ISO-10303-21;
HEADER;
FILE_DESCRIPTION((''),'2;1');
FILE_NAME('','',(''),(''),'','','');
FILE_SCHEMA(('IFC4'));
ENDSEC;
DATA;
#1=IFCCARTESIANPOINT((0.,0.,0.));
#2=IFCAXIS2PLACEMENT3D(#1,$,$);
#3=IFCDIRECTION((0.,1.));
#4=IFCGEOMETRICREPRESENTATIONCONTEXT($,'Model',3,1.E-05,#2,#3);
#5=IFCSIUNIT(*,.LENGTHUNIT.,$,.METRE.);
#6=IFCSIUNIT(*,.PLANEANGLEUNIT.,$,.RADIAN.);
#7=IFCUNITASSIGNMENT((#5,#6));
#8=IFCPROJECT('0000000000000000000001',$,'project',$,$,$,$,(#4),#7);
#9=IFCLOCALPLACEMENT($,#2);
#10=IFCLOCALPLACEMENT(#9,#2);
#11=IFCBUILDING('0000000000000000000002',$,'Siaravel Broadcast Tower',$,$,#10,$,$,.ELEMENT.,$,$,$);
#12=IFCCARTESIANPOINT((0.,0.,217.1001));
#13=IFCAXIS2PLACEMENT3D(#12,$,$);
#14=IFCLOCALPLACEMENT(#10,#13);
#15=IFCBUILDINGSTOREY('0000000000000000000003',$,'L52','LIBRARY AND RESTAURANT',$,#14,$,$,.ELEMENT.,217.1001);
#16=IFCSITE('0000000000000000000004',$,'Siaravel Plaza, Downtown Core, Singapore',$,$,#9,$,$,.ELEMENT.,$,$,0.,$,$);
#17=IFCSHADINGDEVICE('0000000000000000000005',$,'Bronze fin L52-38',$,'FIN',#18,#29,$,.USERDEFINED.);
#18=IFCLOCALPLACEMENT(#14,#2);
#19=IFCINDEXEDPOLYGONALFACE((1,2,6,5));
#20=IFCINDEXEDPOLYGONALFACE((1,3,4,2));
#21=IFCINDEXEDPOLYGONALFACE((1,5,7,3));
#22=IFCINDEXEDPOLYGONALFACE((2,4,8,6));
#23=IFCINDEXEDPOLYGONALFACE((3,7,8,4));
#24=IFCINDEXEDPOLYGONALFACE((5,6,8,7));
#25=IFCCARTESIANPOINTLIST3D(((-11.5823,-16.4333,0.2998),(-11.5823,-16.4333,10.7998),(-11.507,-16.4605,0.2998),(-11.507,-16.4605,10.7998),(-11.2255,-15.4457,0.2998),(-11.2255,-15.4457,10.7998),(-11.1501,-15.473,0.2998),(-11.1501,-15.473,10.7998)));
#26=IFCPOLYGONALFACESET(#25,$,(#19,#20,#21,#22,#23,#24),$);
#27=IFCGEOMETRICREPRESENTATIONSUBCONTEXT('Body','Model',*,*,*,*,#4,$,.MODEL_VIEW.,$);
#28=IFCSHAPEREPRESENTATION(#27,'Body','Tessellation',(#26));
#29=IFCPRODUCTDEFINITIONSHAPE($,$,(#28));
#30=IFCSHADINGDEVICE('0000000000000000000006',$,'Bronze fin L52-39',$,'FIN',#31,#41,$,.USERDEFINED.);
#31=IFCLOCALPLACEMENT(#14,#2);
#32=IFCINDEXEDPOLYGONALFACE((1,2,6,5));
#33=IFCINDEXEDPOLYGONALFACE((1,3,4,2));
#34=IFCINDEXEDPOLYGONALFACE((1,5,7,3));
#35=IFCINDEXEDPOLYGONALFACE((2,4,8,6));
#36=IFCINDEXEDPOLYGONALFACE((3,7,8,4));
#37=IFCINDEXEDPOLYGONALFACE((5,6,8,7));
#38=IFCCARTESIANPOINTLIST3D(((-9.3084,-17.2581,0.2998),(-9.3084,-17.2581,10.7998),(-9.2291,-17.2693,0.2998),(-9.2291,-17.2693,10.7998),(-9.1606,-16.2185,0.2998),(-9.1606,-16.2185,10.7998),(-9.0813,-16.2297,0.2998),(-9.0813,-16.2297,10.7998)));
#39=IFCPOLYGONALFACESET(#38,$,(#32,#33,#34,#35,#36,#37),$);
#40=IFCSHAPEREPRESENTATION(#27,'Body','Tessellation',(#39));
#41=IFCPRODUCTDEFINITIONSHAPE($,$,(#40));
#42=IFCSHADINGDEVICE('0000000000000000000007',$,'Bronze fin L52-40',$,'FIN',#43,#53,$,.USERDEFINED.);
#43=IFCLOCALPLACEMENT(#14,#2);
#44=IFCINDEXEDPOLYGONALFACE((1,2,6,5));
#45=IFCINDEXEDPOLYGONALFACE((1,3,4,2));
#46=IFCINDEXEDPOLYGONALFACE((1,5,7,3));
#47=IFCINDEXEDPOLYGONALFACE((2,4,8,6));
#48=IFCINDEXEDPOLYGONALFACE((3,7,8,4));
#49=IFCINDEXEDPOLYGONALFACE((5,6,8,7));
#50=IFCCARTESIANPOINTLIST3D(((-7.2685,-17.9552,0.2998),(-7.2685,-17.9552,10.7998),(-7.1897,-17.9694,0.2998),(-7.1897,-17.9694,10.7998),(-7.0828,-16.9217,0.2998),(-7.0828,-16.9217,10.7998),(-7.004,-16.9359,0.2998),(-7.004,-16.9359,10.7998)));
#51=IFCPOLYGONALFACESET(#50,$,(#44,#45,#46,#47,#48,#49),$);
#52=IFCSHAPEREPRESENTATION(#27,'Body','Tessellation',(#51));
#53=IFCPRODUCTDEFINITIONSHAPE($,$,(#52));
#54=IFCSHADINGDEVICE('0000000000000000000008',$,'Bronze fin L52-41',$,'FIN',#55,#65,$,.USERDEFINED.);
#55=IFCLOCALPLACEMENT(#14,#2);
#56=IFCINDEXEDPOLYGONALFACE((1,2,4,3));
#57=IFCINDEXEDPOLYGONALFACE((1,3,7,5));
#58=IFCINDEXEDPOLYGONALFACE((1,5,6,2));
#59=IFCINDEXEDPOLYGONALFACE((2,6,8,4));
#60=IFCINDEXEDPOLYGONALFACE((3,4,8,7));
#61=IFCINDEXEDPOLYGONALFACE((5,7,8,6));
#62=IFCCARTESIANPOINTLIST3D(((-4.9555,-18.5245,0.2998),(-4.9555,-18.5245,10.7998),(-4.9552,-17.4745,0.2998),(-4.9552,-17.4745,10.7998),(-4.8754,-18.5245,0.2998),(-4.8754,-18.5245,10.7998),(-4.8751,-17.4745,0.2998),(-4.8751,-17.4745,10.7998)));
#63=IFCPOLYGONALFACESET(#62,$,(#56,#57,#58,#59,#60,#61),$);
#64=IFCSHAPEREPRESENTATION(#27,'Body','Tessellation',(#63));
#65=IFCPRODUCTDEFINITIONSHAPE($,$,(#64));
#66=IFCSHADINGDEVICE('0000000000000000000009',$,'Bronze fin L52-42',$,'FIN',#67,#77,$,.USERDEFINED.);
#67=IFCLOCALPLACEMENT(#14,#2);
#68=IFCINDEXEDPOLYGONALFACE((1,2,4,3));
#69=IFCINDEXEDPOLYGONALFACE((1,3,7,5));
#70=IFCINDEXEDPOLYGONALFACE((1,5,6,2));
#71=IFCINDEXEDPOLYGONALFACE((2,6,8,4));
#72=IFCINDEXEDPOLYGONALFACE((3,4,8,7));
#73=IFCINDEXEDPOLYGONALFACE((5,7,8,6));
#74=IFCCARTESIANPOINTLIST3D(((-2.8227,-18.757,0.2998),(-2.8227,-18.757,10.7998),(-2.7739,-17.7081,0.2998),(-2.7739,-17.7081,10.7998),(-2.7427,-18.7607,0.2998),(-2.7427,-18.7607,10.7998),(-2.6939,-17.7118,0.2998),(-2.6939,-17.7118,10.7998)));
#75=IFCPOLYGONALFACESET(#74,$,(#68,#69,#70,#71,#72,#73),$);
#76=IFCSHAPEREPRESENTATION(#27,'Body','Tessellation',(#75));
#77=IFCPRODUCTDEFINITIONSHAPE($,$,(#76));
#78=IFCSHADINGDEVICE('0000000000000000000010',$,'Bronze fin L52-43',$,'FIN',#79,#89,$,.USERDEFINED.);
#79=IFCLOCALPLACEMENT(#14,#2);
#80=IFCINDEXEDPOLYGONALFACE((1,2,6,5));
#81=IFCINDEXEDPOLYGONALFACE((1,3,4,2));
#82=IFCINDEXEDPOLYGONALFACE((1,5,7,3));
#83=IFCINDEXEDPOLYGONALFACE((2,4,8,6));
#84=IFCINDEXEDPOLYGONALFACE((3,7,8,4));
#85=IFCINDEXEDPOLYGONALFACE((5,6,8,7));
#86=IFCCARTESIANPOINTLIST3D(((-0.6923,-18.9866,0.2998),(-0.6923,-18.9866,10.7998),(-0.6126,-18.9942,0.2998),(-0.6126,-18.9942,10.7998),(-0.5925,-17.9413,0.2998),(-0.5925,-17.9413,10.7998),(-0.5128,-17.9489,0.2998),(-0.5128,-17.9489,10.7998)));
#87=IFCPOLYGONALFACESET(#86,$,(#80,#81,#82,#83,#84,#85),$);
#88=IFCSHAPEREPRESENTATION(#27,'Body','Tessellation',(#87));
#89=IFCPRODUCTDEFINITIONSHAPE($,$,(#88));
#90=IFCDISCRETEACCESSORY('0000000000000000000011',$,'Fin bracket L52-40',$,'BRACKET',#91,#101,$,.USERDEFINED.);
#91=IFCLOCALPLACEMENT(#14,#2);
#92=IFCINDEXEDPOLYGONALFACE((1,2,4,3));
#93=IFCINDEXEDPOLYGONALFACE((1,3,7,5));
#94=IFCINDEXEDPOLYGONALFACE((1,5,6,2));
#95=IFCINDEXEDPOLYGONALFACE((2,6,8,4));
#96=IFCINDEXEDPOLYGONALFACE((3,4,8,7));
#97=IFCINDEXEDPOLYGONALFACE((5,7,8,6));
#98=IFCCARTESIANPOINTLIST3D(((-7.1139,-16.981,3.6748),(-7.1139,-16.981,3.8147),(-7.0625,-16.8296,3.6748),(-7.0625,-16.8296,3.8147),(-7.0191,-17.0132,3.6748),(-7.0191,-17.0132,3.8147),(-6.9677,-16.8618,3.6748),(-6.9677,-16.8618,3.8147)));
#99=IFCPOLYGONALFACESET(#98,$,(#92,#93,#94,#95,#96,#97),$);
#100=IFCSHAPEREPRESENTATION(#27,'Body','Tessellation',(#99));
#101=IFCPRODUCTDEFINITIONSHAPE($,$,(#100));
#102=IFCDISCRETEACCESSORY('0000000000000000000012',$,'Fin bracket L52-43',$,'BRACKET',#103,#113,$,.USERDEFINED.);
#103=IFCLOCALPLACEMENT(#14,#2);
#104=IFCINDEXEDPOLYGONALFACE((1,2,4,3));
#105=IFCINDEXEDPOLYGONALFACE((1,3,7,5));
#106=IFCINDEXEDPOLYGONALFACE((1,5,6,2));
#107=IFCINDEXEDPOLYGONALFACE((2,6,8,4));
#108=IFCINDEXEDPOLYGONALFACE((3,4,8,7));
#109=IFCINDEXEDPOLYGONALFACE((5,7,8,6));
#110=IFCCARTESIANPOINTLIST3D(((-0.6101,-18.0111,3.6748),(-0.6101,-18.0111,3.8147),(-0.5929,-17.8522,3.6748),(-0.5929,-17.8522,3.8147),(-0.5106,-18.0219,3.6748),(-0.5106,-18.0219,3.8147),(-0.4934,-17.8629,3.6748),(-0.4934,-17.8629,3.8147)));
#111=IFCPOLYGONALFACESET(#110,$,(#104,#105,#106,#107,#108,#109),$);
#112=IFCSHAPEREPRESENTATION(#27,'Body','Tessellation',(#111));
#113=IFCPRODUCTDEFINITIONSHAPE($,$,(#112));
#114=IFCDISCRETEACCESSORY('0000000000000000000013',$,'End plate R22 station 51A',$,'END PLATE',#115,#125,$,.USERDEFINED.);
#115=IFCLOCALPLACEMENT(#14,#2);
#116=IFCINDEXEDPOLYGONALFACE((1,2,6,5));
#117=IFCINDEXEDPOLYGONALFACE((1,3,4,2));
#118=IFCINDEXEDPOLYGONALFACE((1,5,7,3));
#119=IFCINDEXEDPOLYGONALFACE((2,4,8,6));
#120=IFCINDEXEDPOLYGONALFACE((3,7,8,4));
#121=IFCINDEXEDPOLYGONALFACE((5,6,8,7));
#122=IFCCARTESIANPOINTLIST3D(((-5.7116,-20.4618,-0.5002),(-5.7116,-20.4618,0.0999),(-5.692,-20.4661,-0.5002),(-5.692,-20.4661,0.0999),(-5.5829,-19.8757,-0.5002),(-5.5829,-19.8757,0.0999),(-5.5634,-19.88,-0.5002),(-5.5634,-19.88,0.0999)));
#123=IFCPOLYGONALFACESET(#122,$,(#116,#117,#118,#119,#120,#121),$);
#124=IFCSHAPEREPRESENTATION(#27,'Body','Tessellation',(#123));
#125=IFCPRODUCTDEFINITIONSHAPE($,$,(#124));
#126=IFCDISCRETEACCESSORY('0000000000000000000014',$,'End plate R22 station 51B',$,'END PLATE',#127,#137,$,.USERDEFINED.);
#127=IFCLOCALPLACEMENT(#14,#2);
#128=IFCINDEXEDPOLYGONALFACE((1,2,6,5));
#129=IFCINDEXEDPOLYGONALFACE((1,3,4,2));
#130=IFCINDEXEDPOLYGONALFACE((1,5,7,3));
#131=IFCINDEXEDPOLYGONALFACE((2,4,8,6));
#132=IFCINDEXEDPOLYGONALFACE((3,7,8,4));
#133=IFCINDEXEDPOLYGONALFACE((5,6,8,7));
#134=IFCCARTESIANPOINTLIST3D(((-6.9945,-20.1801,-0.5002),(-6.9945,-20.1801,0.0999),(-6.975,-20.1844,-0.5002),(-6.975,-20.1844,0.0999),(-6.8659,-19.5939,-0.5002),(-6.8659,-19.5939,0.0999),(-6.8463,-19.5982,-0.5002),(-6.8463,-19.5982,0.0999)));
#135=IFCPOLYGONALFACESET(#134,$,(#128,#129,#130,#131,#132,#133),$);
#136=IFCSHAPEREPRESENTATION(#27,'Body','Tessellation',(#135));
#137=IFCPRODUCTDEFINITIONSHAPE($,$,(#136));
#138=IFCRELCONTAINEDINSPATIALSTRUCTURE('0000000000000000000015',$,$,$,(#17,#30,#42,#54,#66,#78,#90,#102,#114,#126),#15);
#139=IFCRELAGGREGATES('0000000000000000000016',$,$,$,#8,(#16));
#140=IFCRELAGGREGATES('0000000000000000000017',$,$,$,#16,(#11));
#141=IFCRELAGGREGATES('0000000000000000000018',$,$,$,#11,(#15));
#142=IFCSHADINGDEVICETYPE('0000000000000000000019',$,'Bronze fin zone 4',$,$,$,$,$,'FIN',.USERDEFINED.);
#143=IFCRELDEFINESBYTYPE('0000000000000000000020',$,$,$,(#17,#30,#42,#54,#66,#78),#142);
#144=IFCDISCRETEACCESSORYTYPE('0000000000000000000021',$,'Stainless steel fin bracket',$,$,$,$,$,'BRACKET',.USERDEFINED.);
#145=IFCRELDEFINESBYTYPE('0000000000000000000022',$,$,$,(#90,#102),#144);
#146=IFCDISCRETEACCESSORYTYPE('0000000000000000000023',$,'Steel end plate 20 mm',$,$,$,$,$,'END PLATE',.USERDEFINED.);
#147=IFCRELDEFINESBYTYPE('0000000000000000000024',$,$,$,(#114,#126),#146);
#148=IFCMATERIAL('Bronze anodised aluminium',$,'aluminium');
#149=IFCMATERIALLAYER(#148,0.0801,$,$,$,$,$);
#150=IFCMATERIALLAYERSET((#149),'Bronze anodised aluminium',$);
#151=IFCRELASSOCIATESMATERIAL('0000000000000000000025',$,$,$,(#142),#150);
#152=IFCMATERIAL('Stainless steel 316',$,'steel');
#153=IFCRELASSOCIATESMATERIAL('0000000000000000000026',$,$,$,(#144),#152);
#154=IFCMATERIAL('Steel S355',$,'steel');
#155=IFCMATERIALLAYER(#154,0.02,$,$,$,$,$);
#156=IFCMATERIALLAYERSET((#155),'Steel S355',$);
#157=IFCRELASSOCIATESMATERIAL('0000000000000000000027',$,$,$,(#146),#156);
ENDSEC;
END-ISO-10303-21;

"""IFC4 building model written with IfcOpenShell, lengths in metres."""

from ifc_helpers import new_model, si_unit, direction, frame, origin, origin_2d, place, context, subcontext, project, spatial, rectangle, extrude, material, layer, layer_set, type_object, element, save


model = new_model("IFC4")

# Units and contexts
model_context = context("Model", 3, precision=1e-05, world=origin(), true_north=direction((0.0, 1.0)))
body_context = subcontext(model_context, "Body", "Model", "MODEL_VIEW")
ifc_project = project(units=[si_unit("LENGTHUNIT", "METRE"), si_unit("PLANEANGLEUNIT", "RADIAN")], contexts=[model_context])

# Site, building, storey
site_placement = place(None, origin())
site = spatial("IfcSite", under=ifc_project, at=site_placement, Name="Siaravel Plaza, Downtown Core, Singapore", CompositionType="ELEMENT", RefElevation=0.0)
building_placement = place(site_placement, origin())
building = spatial("IfcBuilding", under=site, at=building_placement, Name="Siaravel Broadcast Tower", CompositionType="ELEMENT")
storey_placement = place(building_placement, frame((0.0, 0.0, 217.1001)))
storey = spatial("IfcBuildingStorey", under=building, at=storey_placement, Name="L52", Description="LIBRARY AND RESTAURANT", CompositionType="ELEMENT", Elevation=217.1001)

# Shared definitions
ifc_material_1 = material(Name="Steel S355", Category="steel")

# Shading devices
ifc_material_2 = material(Name="Bronze anodised aluminium", Category="aluminium")
ifc_layer_1 = layer(ifc_material_2, 0.0801)
ifc_layer_set_1 = layer_set([ifc_layer_1], Name="Bronze anodised aluminium")
shading_device_type = type_object("IfcShadingDeviceType", Name="Bronze fin zone 4", ElementType="FIN", PredefinedType="USERDEFINED", material=ifc_layer_set_1)
for number, where, z_axis, x_axis, name in (
    (1, (-11.3662, -15.9531, 0.2998), (0.0, 0.0, 1.0), (-0.339818, -0.940491, 0.0), "Bronze fin L52-38"),
    (2, (-9.1948, -16.7439, 0.2998), (0.0, 0.0, 1.0), (-0.140775, -0.990042, 0.0), "Bronze fin L52-39"),
    (3, (-7.1362, -17.4456, 0.2998), (0.0, 0.0, 1.0), (-0.17687, -0.984234, 0.0), "Bronze fin L52-40"),
    (4, (-4.9153, -17.9995, 0.2998), (0.0, 0.0, 1.0), (-0.000274, -1.0, 0.0), "Bronze fin L52-41"),
    (5, (-2.7583, -18.2344, 0.2998), (0.0, 0.0, 1.0), (-0.046517, -0.998917, 0.0), "Bronze fin L52-42"),
    (6, (-0.6025, -18.4678, 0.2998), (0.0, 0.0, 1.0), (-0.095078, -0.99547, 0.0), "Bronze fin L52-43"),
):
    element("IfcShadingDevice", number, at=place(storey_placement, frame(where, z_axis=z_axis, x_axis=x_axis)), inside=storey, type_object=shading_device_type, Name=name, ObjectType="FIN", PredefinedType="USERDEFINED", context=body_context, shape_type="SweptSolid", body=[
        extrude(rectangle(XDim=1.05, YDim=0.0801, at=origin_2d()), origin(), (0.0, 0.0, 1.0), 10.5),
    ])

# Discrete accessories
ifc_material_3 = material(Name="Stainless steel 316", Category="steel")
discrete_accessory_type_1 = type_object("IfcDiscreteAccessoryType", Name="Stainless steel fin bracket", ElementType="BRACKET", PredefinedType="USERDEFINED", material=ifc_material_3)
for number, where, z_axis, x_axis, name in (
    (7, (-7.0408, -16.9214, 3.6748), (0.0, 0.0, 1.0), (-0.321301, -0.946977, 0.0), "Fin bracket L52-40"),
    (8, (-0.5518, -17.937, 3.6748), (0.0, 0.0, 1.0), (-0.107219, -0.994235, 0.0), "Fin bracket L52-43"),
):
    element("IfcDiscreteAccessory", number, at=place(storey_placement, frame(where, z_axis=z_axis, x_axis=x_axis)), inside=storey, type_object=discrete_accessory_type_1, Name=name, ObjectType="BRACKET", PredefinedType="USERDEFINED", context=body_context, shape_type="SweptSolid", body=[
        extrude(rectangle(XDim=0.1599, YDim=0.1001, at=origin_2d()), origin(), (0.0, 0.0, 1.0), 0.1399),
    ])
ifc_layer_2 = layer(ifc_material_1, 0.02)
ifc_layer_set_2 = layer_set([ifc_layer_2], Name="Steel S355")
discrete_accessory_type_2 = type_object("IfcDiscreteAccessoryType", Name="Steel end plate 20 mm", ElementType="END PLATE", PredefinedType="USERDEFINED", material=ifc_layer_set_2)
for number, where, z_axis, x_axis, name in (
    (9, (-5.6375, -20.1709, -0.5002), (0.0, 0.0, 1.0), (0.976751, -0.214377, 0.0), "End plate R22 station 51A"),
    (10, (-6.9204, -19.8892, -0.5002), (0.0, 0.0, 1.0), (0.976751, -0.214377, 0.0), "End plate R22 station 51B"),
):
    element("IfcDiscreteAccessory", number, at=place(storey_placement, frame(where, z_axis=z_axis, x_axis=x_axis)), inside=storey, type_object=discrete_accessory_type_2, Name=name, ObjectType="END PLATE", PredefinedType="USERDEFINED", context=body_context, shape_type="SweptSolid", body=[
        extrude(rectangle(XDim=0.02, YDim=0.6001, at=origin_2d()), origin(), (0.0, 0.0, 1.0), 0.6001),
    ])

save(model, "model.ifc")
